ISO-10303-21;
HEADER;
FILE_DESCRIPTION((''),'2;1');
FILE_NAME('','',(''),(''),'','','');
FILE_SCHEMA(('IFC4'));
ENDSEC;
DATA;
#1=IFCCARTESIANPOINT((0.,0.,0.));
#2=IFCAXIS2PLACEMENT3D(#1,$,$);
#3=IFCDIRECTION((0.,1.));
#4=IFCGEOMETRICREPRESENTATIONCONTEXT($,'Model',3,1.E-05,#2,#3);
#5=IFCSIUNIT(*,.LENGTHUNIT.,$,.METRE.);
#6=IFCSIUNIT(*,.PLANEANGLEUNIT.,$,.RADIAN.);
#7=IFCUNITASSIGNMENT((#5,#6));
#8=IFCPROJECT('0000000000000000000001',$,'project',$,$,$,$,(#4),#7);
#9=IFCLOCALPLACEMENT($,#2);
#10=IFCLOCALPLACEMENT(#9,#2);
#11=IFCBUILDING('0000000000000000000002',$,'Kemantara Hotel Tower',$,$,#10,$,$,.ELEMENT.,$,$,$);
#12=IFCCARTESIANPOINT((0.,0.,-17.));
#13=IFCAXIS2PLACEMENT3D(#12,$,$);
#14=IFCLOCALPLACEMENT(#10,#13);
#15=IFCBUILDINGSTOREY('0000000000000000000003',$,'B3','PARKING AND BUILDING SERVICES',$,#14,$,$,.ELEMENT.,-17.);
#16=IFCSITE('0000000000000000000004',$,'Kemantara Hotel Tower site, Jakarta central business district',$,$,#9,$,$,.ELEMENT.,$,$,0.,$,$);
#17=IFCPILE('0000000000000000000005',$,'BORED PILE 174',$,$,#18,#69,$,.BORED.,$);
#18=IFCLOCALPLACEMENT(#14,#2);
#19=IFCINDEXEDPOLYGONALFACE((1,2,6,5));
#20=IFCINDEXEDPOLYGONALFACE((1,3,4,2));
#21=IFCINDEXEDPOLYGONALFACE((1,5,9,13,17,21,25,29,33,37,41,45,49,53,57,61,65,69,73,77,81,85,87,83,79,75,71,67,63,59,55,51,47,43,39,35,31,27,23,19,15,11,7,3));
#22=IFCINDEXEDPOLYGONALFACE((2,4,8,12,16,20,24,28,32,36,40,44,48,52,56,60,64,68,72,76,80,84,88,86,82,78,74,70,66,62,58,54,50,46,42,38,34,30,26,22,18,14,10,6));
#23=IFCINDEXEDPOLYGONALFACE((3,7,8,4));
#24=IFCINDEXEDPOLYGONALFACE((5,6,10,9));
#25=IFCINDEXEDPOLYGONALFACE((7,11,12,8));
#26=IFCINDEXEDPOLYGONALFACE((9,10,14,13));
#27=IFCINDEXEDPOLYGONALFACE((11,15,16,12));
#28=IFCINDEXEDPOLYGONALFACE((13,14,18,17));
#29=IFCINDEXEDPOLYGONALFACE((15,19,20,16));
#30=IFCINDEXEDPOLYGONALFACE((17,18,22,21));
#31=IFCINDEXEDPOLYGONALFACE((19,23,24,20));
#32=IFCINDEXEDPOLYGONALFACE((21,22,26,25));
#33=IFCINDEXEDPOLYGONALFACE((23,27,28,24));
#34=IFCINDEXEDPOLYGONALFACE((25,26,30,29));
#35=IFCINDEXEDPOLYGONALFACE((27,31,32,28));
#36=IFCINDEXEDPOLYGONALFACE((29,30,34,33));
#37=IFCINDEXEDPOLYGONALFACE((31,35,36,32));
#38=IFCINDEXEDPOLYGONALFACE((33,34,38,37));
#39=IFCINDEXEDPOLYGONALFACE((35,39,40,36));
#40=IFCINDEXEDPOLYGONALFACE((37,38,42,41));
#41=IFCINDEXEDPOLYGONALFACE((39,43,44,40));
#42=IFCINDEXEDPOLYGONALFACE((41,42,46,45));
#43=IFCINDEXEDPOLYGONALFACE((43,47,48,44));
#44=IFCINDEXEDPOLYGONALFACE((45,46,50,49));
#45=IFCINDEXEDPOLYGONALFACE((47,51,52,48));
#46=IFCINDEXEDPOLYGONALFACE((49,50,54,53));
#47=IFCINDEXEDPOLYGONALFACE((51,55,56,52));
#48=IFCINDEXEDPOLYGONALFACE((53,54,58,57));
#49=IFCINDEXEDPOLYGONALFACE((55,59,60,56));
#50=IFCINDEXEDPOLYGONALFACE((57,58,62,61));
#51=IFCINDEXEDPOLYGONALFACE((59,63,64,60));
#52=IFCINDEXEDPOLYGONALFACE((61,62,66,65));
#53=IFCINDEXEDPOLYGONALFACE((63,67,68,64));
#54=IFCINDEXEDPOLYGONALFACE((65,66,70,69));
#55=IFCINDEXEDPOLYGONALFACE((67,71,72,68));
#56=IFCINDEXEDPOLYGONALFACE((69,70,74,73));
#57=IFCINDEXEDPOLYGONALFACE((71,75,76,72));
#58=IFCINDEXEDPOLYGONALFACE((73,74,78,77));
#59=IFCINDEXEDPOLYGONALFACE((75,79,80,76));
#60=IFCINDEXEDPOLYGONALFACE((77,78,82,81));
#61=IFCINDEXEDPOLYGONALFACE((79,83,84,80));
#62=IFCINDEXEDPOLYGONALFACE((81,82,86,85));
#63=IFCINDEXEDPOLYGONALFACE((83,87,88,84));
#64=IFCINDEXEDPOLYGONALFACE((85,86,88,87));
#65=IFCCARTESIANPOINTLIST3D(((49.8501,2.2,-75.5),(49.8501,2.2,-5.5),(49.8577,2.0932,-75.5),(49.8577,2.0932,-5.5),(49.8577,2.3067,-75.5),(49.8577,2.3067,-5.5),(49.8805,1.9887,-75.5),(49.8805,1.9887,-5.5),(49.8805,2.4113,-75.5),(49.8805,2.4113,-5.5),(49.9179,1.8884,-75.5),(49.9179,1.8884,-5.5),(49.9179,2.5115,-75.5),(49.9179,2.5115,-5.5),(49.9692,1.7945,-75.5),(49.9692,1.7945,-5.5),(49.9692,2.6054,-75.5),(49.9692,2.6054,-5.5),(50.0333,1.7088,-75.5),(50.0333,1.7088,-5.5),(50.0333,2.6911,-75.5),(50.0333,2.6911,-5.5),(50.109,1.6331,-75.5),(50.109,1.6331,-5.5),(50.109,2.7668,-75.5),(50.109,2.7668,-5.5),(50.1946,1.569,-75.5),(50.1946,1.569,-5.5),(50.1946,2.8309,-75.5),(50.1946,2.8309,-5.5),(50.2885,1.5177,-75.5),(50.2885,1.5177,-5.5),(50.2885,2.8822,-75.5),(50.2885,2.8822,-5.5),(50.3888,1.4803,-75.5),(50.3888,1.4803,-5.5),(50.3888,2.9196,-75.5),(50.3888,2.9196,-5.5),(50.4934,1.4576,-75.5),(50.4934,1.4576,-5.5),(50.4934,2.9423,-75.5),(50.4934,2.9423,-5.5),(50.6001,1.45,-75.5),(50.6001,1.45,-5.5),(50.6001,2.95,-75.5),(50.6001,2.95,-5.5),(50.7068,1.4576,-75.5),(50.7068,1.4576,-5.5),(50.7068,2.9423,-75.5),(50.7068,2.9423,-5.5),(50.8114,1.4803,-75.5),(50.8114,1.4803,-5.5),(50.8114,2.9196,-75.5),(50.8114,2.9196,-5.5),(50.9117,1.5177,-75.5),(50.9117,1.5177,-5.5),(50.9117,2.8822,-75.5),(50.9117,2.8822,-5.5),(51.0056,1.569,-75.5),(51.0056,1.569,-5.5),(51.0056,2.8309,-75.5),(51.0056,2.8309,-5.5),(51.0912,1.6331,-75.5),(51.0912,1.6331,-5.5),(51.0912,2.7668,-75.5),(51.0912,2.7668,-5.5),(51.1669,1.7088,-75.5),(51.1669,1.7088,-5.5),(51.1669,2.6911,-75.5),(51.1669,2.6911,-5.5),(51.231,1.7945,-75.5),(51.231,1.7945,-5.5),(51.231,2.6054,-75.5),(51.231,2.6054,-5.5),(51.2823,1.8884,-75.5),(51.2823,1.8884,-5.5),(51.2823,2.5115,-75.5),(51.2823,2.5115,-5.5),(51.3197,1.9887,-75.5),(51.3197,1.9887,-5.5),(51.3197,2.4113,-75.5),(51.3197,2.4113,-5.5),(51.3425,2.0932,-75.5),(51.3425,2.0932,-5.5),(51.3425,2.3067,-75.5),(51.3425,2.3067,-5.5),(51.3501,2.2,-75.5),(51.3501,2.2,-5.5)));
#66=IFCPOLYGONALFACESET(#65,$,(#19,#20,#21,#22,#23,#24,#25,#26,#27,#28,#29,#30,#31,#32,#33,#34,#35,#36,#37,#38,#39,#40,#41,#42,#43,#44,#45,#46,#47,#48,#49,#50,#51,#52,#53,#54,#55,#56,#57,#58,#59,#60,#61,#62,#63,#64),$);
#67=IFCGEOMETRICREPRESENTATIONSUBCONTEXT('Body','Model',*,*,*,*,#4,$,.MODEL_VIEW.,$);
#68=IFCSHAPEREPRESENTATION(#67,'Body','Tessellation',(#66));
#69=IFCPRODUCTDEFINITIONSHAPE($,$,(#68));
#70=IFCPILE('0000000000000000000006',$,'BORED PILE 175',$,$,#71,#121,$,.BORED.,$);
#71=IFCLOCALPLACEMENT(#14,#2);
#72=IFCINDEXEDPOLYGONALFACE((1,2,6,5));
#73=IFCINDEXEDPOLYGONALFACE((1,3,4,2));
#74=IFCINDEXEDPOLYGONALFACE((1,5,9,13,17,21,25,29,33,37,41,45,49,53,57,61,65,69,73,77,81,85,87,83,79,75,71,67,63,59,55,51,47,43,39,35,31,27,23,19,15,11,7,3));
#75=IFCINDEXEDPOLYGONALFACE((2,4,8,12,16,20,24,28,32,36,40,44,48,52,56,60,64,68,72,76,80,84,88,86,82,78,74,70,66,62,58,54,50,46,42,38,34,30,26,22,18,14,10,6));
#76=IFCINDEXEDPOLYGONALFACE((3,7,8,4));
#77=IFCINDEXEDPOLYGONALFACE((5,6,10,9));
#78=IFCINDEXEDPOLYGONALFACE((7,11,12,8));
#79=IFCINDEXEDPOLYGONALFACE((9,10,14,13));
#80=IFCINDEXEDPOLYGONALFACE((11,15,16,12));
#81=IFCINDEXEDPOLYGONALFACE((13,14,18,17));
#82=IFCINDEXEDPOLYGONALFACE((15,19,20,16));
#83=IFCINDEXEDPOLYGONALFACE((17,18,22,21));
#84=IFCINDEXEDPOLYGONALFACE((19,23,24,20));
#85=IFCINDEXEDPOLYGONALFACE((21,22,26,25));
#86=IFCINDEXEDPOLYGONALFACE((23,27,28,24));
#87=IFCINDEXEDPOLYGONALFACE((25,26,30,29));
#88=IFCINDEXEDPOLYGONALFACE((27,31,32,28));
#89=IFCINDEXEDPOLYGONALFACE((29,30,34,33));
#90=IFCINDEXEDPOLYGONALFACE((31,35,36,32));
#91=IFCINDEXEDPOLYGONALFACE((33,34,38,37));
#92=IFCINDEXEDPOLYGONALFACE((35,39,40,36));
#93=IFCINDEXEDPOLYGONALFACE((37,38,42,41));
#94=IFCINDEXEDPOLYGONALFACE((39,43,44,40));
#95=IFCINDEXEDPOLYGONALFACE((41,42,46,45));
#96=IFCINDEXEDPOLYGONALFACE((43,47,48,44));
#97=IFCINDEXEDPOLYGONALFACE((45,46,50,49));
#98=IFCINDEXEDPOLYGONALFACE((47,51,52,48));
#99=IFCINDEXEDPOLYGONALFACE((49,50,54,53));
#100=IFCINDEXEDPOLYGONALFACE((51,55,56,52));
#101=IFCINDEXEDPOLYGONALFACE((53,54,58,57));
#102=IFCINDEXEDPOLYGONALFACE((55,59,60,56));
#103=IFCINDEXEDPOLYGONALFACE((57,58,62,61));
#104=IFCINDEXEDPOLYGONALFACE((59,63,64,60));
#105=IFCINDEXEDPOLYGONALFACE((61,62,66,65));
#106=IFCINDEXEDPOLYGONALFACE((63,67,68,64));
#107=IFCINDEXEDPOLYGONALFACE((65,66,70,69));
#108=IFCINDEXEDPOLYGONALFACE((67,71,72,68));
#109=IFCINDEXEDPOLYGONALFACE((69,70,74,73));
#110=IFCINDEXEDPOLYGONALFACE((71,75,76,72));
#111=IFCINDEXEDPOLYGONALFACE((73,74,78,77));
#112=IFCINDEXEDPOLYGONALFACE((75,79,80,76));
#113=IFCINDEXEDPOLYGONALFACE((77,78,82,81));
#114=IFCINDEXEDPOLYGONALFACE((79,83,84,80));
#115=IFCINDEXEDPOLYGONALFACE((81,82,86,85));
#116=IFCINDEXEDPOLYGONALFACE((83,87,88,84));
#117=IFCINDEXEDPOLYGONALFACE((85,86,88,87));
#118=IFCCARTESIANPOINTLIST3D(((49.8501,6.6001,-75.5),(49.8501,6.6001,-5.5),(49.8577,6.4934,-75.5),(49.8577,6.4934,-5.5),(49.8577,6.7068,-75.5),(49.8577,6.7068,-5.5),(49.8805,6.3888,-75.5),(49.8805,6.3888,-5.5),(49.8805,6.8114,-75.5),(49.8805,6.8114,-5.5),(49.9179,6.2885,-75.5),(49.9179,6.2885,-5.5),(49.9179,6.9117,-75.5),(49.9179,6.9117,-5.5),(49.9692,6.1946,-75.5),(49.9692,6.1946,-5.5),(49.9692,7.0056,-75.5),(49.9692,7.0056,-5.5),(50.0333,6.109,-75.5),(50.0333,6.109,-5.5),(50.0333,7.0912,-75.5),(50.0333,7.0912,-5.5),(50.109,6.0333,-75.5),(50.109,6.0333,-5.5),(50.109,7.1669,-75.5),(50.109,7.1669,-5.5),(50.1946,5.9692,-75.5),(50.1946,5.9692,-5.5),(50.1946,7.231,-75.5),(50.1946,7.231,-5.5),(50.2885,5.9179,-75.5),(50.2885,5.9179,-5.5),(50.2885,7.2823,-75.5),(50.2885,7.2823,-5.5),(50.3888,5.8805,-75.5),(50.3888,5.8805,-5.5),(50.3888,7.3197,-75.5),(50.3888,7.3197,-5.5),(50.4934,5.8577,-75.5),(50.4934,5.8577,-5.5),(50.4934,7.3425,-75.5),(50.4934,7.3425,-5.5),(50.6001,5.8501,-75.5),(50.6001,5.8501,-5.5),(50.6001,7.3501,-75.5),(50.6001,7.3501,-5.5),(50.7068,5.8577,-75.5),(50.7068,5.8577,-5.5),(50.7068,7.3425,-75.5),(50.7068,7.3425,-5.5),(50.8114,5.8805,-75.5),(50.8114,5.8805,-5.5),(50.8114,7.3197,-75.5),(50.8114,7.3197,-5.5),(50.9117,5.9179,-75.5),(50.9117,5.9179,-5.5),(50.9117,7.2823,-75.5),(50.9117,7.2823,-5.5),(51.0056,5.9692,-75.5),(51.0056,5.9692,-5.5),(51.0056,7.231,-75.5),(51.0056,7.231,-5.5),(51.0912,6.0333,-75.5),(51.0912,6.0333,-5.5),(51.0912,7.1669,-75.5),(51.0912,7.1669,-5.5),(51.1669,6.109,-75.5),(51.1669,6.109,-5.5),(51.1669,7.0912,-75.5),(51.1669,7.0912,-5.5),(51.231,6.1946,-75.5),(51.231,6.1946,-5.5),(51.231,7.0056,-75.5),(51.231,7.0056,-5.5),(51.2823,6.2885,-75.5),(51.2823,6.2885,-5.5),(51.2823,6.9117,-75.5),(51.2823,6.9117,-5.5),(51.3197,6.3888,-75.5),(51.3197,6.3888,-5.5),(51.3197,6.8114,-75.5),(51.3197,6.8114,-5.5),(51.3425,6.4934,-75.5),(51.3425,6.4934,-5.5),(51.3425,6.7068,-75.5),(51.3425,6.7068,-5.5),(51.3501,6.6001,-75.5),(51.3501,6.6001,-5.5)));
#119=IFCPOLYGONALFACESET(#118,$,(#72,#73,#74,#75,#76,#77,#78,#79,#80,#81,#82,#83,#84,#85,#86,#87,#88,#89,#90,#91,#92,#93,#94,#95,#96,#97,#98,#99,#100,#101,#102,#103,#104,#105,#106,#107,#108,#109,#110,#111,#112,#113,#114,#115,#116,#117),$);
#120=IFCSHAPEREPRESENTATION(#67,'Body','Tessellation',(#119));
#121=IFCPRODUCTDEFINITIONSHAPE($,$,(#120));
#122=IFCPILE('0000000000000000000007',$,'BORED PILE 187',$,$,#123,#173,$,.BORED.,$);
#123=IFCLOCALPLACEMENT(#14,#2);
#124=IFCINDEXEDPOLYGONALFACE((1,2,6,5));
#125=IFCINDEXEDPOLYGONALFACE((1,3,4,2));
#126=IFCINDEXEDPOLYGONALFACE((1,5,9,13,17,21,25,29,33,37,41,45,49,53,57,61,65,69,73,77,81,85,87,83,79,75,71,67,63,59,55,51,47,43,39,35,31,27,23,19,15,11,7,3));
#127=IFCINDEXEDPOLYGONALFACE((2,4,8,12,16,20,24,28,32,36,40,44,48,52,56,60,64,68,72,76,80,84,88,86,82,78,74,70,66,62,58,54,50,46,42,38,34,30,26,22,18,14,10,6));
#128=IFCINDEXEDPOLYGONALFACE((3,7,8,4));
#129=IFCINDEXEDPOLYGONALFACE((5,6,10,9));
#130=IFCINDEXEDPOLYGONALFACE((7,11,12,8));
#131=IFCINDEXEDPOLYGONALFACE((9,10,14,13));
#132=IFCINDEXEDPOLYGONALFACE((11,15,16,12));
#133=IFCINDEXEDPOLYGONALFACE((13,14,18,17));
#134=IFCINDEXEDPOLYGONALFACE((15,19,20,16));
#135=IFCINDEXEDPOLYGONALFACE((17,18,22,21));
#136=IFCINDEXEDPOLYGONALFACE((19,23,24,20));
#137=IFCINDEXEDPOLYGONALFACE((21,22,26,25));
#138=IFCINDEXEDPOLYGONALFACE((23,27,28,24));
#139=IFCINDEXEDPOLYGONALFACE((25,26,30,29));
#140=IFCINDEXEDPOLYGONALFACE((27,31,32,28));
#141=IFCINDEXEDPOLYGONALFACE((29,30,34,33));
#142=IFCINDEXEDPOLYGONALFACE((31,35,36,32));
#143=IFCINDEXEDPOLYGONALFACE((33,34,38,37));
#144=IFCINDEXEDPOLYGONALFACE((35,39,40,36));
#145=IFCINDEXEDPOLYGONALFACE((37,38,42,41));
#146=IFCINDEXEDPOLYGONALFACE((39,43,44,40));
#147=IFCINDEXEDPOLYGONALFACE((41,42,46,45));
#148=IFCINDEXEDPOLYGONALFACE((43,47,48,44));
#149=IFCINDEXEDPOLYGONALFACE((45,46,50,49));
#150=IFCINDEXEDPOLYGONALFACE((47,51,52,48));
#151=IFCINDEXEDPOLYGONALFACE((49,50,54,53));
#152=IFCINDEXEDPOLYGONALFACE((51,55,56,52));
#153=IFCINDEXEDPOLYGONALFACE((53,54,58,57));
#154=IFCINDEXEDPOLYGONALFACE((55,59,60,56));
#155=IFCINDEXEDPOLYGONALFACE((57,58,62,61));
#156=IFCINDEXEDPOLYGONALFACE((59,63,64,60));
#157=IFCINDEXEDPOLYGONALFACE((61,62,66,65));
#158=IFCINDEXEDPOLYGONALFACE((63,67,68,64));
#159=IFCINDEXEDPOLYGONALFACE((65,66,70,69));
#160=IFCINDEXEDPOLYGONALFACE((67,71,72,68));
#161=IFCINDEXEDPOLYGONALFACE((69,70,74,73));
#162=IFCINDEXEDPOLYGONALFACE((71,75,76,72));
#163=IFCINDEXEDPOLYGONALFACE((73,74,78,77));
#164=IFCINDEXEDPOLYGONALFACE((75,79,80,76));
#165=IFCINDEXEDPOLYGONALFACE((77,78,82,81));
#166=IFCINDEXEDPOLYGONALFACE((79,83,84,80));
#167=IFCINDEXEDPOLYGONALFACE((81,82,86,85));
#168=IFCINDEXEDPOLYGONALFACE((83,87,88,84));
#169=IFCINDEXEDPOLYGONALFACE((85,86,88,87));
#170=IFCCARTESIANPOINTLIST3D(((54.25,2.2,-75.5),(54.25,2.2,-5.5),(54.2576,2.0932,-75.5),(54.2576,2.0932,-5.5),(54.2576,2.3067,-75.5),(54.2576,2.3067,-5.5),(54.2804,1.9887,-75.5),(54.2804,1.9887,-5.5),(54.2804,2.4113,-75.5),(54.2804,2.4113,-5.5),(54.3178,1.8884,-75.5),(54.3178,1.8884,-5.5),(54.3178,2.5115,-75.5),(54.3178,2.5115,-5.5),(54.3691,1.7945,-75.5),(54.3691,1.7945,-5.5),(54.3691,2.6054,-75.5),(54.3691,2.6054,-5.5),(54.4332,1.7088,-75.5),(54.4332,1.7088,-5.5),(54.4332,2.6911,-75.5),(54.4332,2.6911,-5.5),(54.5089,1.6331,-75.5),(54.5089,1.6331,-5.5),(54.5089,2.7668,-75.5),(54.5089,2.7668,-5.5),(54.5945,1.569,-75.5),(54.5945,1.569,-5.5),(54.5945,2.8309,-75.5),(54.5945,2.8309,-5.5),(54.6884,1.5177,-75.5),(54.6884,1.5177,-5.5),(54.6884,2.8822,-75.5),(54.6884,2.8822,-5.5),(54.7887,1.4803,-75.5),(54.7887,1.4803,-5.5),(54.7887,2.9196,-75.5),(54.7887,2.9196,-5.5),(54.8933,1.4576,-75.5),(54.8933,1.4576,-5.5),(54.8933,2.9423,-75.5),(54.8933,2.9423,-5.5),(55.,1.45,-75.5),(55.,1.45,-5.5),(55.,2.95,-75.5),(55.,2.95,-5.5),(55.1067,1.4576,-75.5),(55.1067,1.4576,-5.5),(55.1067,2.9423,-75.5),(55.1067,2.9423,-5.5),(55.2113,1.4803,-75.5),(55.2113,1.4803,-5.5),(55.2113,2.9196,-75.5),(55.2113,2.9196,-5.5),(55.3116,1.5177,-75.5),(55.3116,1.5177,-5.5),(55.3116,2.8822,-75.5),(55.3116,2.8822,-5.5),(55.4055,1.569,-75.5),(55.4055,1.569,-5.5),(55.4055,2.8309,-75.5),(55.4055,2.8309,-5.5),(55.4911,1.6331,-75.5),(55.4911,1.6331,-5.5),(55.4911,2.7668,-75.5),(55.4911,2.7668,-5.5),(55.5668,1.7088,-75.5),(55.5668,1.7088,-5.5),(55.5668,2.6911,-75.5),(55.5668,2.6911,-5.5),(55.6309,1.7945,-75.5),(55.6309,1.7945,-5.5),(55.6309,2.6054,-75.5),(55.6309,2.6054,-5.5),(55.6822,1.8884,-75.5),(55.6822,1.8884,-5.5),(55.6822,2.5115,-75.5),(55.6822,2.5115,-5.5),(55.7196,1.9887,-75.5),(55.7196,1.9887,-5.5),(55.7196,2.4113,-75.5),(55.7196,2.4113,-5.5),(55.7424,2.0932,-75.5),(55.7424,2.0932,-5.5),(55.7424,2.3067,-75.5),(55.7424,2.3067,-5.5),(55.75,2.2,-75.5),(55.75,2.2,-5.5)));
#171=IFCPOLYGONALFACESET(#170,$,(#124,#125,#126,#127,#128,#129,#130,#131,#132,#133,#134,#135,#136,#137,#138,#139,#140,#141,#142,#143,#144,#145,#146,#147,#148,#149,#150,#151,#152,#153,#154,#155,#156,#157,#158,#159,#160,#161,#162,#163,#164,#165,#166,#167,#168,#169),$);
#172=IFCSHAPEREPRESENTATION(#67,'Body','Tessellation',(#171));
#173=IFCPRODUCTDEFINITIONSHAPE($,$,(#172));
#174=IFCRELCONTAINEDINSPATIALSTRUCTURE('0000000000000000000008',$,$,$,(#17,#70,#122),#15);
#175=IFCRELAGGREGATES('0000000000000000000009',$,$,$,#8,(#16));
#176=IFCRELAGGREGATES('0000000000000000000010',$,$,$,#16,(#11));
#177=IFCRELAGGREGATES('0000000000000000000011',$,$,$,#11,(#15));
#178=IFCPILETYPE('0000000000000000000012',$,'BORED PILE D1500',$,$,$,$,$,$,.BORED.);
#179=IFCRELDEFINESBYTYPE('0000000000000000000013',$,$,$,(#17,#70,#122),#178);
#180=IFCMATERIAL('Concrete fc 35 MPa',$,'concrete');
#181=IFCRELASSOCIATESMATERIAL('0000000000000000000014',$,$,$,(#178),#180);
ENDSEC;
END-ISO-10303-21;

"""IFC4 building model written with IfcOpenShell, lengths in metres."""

from ifc_helpers import new_model, si_unit, direction, frame, origin, origin_2d, place, context, subcontext, project, spatial, circle, extrude, material, material_profile, profile_set, type_object, element, save


model = new_model("IFC4")

# Units and contexts
model_context = context("Model", 3, precision=1e-05, world=origin(), true_north=direction((0.0, 1.0)))
body_context = subcontext(model_context, "Body", "Model", "MODEL_VIEW")
ifc_project = project(units=[si_unit("LENGTHUNIT", "METRE"), si_unit("PLANEANGLEUNIT", "RADIAN")], contexts=[model_context])

# Site, building, storey
site_placement = place(None, origin())
site = spatial("IfcSite", under=ifc_project, at=site_placement, Name="Kemantara Hotel Tower site, Jakarta central business district", CompositionType="ELEMENT", RefElevation=0.0)
building_placement = place(site_placement, origin())
building = spatial("IfcBuilding", under=site, at=building_placement, Name="Kemantara Hotel Tower", CompositionType="ELEMENT")
storey_placement = place(building_placement, frame((0.0, 0.0, -17.0)))
storey = spatial("IfcBuildingStorey", under=building, at=storey_placement, Name="B3", Description="PARKING AND BUILDING SERVICES", CompositionType="ELEMENT", Elevation=-17.0)

# Piles
ifc_material_1 = material(Name="Concrete fc 35 MPa", Category="concrete")
ifc_material_profile_1 = material_profile(ifc_material_1, circle(Radius=0.75, at=origin_2d()), Name="BORED PILE D1500")
ifc_profile_set_1 = profile_set([ifc_material_profile_1], Name="Concrete fc 35 MPa")
pile_type = type_object("IfcPileType", Name="BORED PILE D1500", PredefinedType="BORED", material=ifc_profile_set_1)
for number, where, z_axis, x_axis, name in (
    (1, (50.6001, 2.2, -5.5), (0.0, 0.0, -1.0), (1.0, 0.0, 0.0), "BORED PILE 174"),
    (2, (50.6001, 6.6001, -5.5), (0.0, 0.0, -1.0), (1.0, 0.0, 0.0), "BORED PILE 175"),
    (3, (55.0, 2.2, -5.5), (0.0, 0.0, -1.0), (1.0, 0.0, 0.0), "BORED PILE 187"),
):
    element("IfcPile", number, at=place(storey_placement, frame(where, z_axis=z_axis, x_axis=x_axis)), inside=storey, type_object=pile_type, Name=name, PredefinedType="BORED", context=body_context, shape_type="SweptSolid", body=[
        extrude(circle(Radius=0.75, at=origin_2d()), origin(), (0.0, 0.0, 1.0), 70.0),
    ])

save(model, "model.ifc")
